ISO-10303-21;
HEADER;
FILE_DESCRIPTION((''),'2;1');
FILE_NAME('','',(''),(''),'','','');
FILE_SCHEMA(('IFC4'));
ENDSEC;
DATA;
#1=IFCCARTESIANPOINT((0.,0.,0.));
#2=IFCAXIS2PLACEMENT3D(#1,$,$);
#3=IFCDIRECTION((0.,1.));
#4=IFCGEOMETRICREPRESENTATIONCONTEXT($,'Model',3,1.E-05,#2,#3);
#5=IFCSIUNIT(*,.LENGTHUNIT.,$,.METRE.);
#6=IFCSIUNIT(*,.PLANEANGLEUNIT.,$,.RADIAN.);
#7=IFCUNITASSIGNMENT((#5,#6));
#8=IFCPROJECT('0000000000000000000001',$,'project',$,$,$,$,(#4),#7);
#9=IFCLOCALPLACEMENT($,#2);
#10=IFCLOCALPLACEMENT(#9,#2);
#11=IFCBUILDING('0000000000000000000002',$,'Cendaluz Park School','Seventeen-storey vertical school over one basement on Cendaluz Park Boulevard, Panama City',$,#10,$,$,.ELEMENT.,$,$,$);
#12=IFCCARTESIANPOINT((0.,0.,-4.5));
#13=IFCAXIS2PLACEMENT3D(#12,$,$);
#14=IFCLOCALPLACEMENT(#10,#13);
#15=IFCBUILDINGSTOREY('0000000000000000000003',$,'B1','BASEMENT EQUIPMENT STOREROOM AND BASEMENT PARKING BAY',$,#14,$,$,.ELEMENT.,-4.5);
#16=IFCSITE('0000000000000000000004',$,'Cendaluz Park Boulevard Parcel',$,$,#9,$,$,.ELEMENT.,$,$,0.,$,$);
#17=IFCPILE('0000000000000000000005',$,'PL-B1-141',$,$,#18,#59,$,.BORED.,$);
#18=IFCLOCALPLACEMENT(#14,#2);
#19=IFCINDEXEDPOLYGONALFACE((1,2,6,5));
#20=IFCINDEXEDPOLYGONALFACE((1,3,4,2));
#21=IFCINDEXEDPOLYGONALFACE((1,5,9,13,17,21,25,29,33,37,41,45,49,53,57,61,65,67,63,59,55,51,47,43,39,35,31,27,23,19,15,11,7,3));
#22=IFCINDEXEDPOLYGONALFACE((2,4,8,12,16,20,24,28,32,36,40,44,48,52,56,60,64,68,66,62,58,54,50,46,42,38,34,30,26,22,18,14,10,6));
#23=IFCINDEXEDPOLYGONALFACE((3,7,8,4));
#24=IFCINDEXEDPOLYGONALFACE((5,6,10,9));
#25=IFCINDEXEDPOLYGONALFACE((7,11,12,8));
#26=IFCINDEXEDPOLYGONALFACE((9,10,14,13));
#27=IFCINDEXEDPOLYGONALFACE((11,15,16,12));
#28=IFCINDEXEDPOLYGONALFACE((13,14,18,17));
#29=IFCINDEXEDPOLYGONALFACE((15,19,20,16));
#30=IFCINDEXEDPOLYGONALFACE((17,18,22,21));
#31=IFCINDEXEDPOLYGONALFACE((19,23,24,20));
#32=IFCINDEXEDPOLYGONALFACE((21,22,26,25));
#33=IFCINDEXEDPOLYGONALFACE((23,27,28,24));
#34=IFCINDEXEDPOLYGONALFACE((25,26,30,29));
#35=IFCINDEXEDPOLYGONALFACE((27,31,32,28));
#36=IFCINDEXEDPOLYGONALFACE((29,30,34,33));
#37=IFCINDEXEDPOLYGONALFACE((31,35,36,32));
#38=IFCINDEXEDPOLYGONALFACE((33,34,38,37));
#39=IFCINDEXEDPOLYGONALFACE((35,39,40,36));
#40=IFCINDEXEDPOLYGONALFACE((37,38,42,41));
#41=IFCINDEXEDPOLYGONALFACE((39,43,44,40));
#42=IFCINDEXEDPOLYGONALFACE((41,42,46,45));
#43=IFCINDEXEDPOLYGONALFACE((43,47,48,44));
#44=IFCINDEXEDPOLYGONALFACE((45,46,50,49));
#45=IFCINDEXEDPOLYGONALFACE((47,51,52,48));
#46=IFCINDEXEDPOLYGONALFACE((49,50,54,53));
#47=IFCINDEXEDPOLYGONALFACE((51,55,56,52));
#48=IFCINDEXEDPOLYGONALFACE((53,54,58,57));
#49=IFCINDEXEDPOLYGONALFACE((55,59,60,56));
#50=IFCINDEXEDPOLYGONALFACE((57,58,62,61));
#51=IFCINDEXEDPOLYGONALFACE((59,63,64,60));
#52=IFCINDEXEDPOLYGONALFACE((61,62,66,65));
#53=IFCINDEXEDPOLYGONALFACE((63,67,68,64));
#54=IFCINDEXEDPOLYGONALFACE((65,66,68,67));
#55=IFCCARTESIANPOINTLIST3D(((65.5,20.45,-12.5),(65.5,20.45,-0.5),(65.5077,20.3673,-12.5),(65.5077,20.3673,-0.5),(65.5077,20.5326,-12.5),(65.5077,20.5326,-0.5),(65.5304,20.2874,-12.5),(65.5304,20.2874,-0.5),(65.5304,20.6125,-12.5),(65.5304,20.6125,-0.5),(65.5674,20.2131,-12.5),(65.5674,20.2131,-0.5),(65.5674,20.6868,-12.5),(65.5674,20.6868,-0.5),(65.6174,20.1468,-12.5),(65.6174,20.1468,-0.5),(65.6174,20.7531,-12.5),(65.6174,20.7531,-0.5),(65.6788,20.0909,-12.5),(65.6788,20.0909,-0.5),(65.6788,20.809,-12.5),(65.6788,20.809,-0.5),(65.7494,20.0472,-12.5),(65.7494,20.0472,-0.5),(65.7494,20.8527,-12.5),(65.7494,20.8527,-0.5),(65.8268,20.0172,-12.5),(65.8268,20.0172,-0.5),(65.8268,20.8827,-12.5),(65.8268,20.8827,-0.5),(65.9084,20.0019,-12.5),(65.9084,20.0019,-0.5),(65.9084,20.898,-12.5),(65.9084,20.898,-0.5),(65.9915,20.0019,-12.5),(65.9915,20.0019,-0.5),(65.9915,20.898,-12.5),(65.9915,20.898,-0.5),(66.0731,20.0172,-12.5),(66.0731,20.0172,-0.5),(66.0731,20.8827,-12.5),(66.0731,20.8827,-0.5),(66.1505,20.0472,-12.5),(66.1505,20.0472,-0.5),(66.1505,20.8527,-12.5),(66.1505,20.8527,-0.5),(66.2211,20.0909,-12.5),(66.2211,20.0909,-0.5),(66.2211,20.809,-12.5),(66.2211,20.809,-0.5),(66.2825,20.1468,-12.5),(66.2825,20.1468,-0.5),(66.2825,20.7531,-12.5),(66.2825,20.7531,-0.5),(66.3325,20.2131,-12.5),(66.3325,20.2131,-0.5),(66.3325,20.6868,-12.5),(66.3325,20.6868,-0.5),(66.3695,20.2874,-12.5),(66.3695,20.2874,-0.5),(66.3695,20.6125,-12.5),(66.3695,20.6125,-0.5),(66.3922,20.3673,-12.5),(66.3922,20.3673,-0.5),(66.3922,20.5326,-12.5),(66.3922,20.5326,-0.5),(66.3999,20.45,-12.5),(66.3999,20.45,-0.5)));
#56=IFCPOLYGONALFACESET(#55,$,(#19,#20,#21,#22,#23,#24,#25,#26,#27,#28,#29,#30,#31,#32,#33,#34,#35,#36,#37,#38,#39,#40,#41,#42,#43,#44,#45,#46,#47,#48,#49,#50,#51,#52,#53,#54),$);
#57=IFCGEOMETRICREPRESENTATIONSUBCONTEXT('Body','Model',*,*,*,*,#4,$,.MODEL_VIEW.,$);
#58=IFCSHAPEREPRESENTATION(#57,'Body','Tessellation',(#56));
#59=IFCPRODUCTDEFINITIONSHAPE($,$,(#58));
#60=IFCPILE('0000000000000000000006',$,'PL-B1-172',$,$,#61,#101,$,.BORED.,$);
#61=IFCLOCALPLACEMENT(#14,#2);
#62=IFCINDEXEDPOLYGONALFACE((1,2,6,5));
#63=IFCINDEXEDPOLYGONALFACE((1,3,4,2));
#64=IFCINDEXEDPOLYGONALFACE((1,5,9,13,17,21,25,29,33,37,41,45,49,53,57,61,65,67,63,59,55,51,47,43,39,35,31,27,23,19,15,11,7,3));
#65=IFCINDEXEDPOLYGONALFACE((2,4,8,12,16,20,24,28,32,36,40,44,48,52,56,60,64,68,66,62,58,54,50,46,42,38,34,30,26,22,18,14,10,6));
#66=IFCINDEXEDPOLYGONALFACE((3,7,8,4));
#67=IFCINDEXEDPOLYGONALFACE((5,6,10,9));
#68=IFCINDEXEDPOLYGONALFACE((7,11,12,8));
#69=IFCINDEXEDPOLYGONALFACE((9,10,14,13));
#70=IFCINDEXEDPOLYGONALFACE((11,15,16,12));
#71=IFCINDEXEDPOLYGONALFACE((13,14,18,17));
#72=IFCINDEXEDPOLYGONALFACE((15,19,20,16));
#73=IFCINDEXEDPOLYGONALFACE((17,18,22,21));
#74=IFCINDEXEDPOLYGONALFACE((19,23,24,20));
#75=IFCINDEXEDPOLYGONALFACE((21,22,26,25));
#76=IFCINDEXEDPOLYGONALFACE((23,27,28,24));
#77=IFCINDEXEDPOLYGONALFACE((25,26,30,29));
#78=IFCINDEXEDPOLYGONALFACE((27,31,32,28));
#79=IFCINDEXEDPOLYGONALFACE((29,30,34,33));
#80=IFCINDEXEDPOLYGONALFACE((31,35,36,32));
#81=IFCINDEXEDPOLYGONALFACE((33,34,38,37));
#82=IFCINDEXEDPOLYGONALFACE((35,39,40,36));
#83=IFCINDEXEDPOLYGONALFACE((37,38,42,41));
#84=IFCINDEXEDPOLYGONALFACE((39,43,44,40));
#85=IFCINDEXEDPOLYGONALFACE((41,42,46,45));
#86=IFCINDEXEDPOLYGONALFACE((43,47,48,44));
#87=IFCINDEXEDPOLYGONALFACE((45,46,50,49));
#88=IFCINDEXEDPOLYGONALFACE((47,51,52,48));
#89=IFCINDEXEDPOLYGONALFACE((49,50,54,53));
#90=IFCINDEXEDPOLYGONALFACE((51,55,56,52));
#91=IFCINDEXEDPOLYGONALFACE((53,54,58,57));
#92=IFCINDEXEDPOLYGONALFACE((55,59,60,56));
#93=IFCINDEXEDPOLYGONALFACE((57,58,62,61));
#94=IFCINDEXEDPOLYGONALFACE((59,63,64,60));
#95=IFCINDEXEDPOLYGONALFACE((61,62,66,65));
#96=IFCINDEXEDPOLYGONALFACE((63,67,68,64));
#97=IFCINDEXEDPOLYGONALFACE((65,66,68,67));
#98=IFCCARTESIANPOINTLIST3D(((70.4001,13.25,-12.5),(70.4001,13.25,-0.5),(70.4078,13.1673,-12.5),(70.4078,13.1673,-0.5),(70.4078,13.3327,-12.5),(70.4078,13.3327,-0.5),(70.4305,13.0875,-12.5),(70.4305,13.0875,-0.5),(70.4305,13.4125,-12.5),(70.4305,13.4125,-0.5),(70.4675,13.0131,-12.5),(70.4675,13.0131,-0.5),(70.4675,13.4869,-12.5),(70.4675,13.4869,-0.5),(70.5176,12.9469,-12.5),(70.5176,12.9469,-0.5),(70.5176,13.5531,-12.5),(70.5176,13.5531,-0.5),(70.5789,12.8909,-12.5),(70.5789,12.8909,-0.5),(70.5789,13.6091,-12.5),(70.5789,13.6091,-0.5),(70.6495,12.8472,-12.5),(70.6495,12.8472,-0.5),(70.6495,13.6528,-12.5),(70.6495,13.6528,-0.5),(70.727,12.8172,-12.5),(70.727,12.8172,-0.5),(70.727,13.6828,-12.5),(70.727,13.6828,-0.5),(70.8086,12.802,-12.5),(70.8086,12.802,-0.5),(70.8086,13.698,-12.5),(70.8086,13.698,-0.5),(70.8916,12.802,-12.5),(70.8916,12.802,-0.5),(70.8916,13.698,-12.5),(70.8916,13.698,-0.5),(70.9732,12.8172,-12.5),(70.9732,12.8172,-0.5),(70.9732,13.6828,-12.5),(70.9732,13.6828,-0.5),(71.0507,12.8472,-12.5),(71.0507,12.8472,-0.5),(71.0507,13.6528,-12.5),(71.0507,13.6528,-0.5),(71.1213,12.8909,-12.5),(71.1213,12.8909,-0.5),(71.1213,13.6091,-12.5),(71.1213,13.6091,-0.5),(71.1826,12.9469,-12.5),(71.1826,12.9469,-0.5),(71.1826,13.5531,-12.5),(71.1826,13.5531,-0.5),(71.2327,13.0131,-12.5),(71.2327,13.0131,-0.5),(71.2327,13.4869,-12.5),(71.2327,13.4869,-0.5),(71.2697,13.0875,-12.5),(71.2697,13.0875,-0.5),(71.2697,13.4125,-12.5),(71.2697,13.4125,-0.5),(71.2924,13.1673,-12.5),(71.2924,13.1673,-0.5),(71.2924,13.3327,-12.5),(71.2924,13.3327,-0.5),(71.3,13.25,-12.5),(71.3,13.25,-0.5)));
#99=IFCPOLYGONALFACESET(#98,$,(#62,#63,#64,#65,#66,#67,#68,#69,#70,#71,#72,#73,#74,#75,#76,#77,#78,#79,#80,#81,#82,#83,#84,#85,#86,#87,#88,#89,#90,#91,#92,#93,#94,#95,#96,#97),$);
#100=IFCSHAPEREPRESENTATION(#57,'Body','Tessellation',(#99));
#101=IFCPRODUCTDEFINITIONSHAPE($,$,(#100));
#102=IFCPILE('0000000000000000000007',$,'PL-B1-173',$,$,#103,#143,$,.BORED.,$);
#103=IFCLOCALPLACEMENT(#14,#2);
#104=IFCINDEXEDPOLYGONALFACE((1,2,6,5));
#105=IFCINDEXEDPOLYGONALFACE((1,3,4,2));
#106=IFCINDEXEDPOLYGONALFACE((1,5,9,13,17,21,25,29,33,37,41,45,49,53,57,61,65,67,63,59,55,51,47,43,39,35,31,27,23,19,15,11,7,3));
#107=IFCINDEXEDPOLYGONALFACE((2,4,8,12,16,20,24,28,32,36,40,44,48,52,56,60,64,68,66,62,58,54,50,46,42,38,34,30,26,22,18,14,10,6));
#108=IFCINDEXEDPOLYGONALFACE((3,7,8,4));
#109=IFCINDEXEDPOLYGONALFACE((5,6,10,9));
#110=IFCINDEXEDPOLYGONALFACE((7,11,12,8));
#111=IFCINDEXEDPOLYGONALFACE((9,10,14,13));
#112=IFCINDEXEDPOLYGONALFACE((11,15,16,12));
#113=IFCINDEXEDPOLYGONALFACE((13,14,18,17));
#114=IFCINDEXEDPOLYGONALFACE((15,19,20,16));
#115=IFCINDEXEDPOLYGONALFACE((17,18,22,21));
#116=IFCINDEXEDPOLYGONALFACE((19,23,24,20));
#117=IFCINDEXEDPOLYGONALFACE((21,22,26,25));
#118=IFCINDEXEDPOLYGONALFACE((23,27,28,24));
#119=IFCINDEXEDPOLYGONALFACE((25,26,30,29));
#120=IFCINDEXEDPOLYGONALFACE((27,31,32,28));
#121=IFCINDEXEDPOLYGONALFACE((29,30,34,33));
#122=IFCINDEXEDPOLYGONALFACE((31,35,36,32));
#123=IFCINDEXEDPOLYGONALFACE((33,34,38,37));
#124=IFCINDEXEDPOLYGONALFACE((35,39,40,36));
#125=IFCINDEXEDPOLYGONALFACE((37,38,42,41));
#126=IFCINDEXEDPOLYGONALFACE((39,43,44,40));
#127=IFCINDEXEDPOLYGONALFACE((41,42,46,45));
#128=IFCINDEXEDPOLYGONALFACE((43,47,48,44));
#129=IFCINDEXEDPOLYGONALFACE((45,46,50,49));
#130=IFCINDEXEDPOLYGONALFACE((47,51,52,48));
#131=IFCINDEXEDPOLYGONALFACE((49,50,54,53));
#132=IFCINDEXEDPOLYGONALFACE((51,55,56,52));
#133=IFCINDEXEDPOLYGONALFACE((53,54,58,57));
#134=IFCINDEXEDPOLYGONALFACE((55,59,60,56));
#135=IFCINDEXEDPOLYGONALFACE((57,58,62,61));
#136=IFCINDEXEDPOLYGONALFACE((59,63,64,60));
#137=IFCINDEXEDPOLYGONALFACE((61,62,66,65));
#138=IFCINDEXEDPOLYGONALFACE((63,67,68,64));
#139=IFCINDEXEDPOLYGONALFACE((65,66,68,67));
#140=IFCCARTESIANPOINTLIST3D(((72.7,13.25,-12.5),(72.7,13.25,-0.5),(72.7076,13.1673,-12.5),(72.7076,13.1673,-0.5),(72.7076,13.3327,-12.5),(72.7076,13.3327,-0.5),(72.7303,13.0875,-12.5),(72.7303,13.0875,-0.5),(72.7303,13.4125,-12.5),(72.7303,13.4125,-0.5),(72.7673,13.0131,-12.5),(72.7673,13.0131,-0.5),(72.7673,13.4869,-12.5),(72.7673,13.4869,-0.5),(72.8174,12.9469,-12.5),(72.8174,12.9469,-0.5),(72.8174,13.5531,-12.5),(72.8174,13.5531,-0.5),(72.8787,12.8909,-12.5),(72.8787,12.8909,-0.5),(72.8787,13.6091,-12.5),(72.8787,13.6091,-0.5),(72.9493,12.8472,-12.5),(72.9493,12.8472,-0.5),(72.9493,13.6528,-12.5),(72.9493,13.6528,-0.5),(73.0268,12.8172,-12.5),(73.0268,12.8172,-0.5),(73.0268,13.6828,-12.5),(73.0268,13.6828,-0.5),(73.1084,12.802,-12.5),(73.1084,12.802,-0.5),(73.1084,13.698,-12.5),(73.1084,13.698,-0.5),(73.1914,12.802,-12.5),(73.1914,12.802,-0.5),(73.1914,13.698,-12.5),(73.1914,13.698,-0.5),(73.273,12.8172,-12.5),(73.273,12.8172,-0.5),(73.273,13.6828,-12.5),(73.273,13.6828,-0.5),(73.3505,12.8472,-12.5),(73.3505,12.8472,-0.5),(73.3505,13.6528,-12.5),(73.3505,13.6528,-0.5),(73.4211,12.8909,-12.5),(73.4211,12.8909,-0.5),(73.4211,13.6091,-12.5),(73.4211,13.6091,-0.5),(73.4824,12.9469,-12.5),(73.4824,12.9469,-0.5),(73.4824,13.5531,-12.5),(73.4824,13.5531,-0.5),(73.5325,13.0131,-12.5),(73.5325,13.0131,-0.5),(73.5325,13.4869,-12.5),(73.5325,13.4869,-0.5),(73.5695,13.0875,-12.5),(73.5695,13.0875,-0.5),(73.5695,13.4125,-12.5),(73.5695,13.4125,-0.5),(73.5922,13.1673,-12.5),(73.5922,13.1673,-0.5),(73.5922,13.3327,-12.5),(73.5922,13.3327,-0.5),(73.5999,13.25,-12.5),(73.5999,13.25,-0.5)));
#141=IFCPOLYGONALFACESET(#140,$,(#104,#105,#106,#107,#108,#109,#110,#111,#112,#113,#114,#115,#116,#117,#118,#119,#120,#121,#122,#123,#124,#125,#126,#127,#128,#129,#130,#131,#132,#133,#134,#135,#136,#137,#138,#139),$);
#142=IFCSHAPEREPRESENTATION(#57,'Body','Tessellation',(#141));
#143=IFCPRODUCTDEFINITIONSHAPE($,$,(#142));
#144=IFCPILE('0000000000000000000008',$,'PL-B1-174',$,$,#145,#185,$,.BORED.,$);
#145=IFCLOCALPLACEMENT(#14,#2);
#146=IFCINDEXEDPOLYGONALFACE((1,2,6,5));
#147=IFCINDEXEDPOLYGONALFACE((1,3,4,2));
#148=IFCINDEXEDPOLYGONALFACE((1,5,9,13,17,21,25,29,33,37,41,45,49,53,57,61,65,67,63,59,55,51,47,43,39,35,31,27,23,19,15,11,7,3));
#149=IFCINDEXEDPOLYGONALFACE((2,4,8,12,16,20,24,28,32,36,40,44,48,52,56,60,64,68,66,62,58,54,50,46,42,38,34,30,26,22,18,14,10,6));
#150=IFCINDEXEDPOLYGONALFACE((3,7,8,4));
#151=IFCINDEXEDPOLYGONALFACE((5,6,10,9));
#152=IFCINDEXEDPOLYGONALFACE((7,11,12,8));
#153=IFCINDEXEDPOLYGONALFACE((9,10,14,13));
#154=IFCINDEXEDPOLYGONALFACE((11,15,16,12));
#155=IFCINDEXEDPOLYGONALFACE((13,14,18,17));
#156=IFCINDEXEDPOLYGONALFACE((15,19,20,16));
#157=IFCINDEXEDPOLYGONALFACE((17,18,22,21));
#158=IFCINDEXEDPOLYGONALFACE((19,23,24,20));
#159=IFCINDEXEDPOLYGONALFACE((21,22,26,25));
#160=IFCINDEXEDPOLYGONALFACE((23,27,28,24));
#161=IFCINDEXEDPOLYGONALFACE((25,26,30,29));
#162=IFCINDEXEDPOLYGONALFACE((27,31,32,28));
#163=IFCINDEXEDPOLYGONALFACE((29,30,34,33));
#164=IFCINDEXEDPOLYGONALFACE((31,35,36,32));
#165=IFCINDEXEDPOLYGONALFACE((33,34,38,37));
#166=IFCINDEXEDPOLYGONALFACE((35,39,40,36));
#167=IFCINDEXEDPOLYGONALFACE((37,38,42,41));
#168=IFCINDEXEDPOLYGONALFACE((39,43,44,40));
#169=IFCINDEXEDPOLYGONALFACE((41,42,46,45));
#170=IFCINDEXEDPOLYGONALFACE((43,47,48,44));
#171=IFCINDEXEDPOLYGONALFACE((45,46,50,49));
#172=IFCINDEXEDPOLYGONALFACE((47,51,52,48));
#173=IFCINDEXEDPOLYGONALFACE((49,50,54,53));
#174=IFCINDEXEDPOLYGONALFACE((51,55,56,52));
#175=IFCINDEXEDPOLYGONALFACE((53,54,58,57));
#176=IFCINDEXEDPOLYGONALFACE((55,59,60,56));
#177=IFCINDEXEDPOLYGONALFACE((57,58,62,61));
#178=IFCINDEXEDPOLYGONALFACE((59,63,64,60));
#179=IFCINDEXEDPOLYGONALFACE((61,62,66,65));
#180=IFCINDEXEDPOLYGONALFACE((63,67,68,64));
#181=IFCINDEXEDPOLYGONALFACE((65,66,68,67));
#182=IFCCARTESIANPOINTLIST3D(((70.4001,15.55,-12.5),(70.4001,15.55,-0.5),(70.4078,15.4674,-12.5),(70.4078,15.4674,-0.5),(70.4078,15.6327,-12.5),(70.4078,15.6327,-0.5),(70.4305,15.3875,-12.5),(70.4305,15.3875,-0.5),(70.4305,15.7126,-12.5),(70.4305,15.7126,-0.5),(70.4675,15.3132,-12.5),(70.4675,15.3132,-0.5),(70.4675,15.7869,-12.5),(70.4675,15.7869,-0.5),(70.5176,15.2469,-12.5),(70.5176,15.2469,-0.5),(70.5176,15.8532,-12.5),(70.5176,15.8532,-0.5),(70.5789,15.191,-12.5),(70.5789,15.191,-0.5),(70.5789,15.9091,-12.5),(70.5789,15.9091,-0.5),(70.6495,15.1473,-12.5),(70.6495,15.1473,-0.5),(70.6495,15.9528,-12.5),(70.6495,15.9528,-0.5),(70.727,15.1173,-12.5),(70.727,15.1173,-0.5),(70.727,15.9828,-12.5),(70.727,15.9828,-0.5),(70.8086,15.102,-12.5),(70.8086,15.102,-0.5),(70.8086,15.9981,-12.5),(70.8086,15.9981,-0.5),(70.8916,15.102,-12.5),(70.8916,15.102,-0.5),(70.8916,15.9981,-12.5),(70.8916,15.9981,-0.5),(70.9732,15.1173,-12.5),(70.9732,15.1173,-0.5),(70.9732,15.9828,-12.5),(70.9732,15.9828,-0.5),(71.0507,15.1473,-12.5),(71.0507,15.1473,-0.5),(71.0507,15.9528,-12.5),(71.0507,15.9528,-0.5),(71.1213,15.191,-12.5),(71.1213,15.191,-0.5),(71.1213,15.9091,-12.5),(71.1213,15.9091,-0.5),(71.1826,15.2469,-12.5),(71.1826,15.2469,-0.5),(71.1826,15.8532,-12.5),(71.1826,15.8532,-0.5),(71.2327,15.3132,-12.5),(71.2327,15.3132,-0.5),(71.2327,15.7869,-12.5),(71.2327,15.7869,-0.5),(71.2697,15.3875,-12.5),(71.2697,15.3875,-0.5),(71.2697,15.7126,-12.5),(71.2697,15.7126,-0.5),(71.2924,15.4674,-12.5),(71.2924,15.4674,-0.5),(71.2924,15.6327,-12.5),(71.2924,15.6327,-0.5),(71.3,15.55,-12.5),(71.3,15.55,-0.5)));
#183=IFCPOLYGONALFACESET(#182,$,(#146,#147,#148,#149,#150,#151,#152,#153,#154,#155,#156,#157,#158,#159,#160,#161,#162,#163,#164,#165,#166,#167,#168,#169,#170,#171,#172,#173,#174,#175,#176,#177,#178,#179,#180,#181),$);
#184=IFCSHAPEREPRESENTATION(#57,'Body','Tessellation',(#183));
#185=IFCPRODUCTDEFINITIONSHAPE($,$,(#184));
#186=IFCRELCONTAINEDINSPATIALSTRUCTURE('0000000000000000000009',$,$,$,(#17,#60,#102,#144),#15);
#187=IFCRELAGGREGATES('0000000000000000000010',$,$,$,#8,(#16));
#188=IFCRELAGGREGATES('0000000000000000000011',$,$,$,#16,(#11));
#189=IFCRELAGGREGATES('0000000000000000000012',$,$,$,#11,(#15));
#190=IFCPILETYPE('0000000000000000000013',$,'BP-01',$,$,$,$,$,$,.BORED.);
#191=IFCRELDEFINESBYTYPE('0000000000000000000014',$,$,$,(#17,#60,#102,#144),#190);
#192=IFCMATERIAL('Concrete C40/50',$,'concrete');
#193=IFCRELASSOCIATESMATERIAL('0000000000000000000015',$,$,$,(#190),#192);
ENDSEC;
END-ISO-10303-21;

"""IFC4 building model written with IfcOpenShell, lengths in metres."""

from ifc_helpers import new_model, si_unit, direction, frame, origin, origin_2d, place, context, subcontext, project, spatial, circle, extrude, material, material_profile, profile_set, type_object, element, save


model = new_model("IFC4")

# Units and contexts
model_context = context("Model", 3, precision=1e-05, world=origin(), true_north=direction((0.0, 1.0)))
body_context = subcontext(model_context, "Body", "Model", "MODEL_VIEW")
ifc_project = project(units=[si_unit("LENGTHUNIT", "METRE"), si_unit("PLANEANGLEUNIT", "RADIAN")], contexts=[model_context])

# Site, building, storey
site_placement = place(None, origin())
site = spatial("IfcSite", under=ifc_project, at=site_placement, Name="Cendaluz Park Boulevard Parcel", CompositionType="ELEMENT", RefElevation=0.0)
building_placement = place(site_placement, origin())
building = spatial("IfcBuilding", under=site, at=building_placement, Name="Cendaluz Park School", Description="Seventeen-storey vertical school over one basement on Cendaluz Park Boulevard, Panama City", CompositionType="ELEMENT")
storey_placement = place(building_placement, frame((0.0, 0.0, -4.5)))
storey = spatial("IfcBuildingStorey", under=building, at=storey_placement, Name="B1", Description="BASEMENT EQUIPMENT STOREROOM AND BASEMENT PARKING BAY", CompositionType="ELEMENT", Elevation=-4.5)

# Piles
ifc_material_1 = material(Name="Concrete C40/50", Category="concrete")
ifc_material_profile_1 = material_profile(ifc_material_1, circle(Radius=0.45, at=origin_2d()), Name="BP D900", Category="concrete")
ifc_profile_set_1 = profile_set([ifc_material_profile_1], Name="Concrete C40/50")
pile_type_1 = type_object("IfcPileType", Name="BP-01", PredefinedType="BORED", material=ifc_profile_set_1)
for number, where, z_axis, x_axis, name in (
    (1, (65.95, 20.45, -0.5), (0.0, 0.0, -1.0), (1.0, 0.0, 0.0), "PL-B1-141"),
    (2, (70.8501, 13.25, -0.5), (0.0, 0.0, -1.0), (1.0, 0.0, 0.0), "PL-B1-172"),
    (3, (73.1499, 13.25, -0.5), (0.0, 0.0, -1.0), (1.0, 0.0, 0.0), "PL-B1-173"),
    (4, (70.8501, 15.55, -0.5), (0.0, 0.0, -1.0), (1.0, 0.0, 0.0), "PL-B1-174"),
):
    element("IfcPile", number, at=place(storey_placement, frame(where, z_axis=z_axis, x_axis=x_axis)), inside=storey, type_object=pile_type_1, Name=name, PredefinedType="BORED", context=body_context, shape_type="SweptSolid", body=[
        extrude(circle(Radius=0.45, at=origin_2d()), origin(), (0.0, 0.0, 1.0), 12.0),
    ])

save(model, "model.ifc")
